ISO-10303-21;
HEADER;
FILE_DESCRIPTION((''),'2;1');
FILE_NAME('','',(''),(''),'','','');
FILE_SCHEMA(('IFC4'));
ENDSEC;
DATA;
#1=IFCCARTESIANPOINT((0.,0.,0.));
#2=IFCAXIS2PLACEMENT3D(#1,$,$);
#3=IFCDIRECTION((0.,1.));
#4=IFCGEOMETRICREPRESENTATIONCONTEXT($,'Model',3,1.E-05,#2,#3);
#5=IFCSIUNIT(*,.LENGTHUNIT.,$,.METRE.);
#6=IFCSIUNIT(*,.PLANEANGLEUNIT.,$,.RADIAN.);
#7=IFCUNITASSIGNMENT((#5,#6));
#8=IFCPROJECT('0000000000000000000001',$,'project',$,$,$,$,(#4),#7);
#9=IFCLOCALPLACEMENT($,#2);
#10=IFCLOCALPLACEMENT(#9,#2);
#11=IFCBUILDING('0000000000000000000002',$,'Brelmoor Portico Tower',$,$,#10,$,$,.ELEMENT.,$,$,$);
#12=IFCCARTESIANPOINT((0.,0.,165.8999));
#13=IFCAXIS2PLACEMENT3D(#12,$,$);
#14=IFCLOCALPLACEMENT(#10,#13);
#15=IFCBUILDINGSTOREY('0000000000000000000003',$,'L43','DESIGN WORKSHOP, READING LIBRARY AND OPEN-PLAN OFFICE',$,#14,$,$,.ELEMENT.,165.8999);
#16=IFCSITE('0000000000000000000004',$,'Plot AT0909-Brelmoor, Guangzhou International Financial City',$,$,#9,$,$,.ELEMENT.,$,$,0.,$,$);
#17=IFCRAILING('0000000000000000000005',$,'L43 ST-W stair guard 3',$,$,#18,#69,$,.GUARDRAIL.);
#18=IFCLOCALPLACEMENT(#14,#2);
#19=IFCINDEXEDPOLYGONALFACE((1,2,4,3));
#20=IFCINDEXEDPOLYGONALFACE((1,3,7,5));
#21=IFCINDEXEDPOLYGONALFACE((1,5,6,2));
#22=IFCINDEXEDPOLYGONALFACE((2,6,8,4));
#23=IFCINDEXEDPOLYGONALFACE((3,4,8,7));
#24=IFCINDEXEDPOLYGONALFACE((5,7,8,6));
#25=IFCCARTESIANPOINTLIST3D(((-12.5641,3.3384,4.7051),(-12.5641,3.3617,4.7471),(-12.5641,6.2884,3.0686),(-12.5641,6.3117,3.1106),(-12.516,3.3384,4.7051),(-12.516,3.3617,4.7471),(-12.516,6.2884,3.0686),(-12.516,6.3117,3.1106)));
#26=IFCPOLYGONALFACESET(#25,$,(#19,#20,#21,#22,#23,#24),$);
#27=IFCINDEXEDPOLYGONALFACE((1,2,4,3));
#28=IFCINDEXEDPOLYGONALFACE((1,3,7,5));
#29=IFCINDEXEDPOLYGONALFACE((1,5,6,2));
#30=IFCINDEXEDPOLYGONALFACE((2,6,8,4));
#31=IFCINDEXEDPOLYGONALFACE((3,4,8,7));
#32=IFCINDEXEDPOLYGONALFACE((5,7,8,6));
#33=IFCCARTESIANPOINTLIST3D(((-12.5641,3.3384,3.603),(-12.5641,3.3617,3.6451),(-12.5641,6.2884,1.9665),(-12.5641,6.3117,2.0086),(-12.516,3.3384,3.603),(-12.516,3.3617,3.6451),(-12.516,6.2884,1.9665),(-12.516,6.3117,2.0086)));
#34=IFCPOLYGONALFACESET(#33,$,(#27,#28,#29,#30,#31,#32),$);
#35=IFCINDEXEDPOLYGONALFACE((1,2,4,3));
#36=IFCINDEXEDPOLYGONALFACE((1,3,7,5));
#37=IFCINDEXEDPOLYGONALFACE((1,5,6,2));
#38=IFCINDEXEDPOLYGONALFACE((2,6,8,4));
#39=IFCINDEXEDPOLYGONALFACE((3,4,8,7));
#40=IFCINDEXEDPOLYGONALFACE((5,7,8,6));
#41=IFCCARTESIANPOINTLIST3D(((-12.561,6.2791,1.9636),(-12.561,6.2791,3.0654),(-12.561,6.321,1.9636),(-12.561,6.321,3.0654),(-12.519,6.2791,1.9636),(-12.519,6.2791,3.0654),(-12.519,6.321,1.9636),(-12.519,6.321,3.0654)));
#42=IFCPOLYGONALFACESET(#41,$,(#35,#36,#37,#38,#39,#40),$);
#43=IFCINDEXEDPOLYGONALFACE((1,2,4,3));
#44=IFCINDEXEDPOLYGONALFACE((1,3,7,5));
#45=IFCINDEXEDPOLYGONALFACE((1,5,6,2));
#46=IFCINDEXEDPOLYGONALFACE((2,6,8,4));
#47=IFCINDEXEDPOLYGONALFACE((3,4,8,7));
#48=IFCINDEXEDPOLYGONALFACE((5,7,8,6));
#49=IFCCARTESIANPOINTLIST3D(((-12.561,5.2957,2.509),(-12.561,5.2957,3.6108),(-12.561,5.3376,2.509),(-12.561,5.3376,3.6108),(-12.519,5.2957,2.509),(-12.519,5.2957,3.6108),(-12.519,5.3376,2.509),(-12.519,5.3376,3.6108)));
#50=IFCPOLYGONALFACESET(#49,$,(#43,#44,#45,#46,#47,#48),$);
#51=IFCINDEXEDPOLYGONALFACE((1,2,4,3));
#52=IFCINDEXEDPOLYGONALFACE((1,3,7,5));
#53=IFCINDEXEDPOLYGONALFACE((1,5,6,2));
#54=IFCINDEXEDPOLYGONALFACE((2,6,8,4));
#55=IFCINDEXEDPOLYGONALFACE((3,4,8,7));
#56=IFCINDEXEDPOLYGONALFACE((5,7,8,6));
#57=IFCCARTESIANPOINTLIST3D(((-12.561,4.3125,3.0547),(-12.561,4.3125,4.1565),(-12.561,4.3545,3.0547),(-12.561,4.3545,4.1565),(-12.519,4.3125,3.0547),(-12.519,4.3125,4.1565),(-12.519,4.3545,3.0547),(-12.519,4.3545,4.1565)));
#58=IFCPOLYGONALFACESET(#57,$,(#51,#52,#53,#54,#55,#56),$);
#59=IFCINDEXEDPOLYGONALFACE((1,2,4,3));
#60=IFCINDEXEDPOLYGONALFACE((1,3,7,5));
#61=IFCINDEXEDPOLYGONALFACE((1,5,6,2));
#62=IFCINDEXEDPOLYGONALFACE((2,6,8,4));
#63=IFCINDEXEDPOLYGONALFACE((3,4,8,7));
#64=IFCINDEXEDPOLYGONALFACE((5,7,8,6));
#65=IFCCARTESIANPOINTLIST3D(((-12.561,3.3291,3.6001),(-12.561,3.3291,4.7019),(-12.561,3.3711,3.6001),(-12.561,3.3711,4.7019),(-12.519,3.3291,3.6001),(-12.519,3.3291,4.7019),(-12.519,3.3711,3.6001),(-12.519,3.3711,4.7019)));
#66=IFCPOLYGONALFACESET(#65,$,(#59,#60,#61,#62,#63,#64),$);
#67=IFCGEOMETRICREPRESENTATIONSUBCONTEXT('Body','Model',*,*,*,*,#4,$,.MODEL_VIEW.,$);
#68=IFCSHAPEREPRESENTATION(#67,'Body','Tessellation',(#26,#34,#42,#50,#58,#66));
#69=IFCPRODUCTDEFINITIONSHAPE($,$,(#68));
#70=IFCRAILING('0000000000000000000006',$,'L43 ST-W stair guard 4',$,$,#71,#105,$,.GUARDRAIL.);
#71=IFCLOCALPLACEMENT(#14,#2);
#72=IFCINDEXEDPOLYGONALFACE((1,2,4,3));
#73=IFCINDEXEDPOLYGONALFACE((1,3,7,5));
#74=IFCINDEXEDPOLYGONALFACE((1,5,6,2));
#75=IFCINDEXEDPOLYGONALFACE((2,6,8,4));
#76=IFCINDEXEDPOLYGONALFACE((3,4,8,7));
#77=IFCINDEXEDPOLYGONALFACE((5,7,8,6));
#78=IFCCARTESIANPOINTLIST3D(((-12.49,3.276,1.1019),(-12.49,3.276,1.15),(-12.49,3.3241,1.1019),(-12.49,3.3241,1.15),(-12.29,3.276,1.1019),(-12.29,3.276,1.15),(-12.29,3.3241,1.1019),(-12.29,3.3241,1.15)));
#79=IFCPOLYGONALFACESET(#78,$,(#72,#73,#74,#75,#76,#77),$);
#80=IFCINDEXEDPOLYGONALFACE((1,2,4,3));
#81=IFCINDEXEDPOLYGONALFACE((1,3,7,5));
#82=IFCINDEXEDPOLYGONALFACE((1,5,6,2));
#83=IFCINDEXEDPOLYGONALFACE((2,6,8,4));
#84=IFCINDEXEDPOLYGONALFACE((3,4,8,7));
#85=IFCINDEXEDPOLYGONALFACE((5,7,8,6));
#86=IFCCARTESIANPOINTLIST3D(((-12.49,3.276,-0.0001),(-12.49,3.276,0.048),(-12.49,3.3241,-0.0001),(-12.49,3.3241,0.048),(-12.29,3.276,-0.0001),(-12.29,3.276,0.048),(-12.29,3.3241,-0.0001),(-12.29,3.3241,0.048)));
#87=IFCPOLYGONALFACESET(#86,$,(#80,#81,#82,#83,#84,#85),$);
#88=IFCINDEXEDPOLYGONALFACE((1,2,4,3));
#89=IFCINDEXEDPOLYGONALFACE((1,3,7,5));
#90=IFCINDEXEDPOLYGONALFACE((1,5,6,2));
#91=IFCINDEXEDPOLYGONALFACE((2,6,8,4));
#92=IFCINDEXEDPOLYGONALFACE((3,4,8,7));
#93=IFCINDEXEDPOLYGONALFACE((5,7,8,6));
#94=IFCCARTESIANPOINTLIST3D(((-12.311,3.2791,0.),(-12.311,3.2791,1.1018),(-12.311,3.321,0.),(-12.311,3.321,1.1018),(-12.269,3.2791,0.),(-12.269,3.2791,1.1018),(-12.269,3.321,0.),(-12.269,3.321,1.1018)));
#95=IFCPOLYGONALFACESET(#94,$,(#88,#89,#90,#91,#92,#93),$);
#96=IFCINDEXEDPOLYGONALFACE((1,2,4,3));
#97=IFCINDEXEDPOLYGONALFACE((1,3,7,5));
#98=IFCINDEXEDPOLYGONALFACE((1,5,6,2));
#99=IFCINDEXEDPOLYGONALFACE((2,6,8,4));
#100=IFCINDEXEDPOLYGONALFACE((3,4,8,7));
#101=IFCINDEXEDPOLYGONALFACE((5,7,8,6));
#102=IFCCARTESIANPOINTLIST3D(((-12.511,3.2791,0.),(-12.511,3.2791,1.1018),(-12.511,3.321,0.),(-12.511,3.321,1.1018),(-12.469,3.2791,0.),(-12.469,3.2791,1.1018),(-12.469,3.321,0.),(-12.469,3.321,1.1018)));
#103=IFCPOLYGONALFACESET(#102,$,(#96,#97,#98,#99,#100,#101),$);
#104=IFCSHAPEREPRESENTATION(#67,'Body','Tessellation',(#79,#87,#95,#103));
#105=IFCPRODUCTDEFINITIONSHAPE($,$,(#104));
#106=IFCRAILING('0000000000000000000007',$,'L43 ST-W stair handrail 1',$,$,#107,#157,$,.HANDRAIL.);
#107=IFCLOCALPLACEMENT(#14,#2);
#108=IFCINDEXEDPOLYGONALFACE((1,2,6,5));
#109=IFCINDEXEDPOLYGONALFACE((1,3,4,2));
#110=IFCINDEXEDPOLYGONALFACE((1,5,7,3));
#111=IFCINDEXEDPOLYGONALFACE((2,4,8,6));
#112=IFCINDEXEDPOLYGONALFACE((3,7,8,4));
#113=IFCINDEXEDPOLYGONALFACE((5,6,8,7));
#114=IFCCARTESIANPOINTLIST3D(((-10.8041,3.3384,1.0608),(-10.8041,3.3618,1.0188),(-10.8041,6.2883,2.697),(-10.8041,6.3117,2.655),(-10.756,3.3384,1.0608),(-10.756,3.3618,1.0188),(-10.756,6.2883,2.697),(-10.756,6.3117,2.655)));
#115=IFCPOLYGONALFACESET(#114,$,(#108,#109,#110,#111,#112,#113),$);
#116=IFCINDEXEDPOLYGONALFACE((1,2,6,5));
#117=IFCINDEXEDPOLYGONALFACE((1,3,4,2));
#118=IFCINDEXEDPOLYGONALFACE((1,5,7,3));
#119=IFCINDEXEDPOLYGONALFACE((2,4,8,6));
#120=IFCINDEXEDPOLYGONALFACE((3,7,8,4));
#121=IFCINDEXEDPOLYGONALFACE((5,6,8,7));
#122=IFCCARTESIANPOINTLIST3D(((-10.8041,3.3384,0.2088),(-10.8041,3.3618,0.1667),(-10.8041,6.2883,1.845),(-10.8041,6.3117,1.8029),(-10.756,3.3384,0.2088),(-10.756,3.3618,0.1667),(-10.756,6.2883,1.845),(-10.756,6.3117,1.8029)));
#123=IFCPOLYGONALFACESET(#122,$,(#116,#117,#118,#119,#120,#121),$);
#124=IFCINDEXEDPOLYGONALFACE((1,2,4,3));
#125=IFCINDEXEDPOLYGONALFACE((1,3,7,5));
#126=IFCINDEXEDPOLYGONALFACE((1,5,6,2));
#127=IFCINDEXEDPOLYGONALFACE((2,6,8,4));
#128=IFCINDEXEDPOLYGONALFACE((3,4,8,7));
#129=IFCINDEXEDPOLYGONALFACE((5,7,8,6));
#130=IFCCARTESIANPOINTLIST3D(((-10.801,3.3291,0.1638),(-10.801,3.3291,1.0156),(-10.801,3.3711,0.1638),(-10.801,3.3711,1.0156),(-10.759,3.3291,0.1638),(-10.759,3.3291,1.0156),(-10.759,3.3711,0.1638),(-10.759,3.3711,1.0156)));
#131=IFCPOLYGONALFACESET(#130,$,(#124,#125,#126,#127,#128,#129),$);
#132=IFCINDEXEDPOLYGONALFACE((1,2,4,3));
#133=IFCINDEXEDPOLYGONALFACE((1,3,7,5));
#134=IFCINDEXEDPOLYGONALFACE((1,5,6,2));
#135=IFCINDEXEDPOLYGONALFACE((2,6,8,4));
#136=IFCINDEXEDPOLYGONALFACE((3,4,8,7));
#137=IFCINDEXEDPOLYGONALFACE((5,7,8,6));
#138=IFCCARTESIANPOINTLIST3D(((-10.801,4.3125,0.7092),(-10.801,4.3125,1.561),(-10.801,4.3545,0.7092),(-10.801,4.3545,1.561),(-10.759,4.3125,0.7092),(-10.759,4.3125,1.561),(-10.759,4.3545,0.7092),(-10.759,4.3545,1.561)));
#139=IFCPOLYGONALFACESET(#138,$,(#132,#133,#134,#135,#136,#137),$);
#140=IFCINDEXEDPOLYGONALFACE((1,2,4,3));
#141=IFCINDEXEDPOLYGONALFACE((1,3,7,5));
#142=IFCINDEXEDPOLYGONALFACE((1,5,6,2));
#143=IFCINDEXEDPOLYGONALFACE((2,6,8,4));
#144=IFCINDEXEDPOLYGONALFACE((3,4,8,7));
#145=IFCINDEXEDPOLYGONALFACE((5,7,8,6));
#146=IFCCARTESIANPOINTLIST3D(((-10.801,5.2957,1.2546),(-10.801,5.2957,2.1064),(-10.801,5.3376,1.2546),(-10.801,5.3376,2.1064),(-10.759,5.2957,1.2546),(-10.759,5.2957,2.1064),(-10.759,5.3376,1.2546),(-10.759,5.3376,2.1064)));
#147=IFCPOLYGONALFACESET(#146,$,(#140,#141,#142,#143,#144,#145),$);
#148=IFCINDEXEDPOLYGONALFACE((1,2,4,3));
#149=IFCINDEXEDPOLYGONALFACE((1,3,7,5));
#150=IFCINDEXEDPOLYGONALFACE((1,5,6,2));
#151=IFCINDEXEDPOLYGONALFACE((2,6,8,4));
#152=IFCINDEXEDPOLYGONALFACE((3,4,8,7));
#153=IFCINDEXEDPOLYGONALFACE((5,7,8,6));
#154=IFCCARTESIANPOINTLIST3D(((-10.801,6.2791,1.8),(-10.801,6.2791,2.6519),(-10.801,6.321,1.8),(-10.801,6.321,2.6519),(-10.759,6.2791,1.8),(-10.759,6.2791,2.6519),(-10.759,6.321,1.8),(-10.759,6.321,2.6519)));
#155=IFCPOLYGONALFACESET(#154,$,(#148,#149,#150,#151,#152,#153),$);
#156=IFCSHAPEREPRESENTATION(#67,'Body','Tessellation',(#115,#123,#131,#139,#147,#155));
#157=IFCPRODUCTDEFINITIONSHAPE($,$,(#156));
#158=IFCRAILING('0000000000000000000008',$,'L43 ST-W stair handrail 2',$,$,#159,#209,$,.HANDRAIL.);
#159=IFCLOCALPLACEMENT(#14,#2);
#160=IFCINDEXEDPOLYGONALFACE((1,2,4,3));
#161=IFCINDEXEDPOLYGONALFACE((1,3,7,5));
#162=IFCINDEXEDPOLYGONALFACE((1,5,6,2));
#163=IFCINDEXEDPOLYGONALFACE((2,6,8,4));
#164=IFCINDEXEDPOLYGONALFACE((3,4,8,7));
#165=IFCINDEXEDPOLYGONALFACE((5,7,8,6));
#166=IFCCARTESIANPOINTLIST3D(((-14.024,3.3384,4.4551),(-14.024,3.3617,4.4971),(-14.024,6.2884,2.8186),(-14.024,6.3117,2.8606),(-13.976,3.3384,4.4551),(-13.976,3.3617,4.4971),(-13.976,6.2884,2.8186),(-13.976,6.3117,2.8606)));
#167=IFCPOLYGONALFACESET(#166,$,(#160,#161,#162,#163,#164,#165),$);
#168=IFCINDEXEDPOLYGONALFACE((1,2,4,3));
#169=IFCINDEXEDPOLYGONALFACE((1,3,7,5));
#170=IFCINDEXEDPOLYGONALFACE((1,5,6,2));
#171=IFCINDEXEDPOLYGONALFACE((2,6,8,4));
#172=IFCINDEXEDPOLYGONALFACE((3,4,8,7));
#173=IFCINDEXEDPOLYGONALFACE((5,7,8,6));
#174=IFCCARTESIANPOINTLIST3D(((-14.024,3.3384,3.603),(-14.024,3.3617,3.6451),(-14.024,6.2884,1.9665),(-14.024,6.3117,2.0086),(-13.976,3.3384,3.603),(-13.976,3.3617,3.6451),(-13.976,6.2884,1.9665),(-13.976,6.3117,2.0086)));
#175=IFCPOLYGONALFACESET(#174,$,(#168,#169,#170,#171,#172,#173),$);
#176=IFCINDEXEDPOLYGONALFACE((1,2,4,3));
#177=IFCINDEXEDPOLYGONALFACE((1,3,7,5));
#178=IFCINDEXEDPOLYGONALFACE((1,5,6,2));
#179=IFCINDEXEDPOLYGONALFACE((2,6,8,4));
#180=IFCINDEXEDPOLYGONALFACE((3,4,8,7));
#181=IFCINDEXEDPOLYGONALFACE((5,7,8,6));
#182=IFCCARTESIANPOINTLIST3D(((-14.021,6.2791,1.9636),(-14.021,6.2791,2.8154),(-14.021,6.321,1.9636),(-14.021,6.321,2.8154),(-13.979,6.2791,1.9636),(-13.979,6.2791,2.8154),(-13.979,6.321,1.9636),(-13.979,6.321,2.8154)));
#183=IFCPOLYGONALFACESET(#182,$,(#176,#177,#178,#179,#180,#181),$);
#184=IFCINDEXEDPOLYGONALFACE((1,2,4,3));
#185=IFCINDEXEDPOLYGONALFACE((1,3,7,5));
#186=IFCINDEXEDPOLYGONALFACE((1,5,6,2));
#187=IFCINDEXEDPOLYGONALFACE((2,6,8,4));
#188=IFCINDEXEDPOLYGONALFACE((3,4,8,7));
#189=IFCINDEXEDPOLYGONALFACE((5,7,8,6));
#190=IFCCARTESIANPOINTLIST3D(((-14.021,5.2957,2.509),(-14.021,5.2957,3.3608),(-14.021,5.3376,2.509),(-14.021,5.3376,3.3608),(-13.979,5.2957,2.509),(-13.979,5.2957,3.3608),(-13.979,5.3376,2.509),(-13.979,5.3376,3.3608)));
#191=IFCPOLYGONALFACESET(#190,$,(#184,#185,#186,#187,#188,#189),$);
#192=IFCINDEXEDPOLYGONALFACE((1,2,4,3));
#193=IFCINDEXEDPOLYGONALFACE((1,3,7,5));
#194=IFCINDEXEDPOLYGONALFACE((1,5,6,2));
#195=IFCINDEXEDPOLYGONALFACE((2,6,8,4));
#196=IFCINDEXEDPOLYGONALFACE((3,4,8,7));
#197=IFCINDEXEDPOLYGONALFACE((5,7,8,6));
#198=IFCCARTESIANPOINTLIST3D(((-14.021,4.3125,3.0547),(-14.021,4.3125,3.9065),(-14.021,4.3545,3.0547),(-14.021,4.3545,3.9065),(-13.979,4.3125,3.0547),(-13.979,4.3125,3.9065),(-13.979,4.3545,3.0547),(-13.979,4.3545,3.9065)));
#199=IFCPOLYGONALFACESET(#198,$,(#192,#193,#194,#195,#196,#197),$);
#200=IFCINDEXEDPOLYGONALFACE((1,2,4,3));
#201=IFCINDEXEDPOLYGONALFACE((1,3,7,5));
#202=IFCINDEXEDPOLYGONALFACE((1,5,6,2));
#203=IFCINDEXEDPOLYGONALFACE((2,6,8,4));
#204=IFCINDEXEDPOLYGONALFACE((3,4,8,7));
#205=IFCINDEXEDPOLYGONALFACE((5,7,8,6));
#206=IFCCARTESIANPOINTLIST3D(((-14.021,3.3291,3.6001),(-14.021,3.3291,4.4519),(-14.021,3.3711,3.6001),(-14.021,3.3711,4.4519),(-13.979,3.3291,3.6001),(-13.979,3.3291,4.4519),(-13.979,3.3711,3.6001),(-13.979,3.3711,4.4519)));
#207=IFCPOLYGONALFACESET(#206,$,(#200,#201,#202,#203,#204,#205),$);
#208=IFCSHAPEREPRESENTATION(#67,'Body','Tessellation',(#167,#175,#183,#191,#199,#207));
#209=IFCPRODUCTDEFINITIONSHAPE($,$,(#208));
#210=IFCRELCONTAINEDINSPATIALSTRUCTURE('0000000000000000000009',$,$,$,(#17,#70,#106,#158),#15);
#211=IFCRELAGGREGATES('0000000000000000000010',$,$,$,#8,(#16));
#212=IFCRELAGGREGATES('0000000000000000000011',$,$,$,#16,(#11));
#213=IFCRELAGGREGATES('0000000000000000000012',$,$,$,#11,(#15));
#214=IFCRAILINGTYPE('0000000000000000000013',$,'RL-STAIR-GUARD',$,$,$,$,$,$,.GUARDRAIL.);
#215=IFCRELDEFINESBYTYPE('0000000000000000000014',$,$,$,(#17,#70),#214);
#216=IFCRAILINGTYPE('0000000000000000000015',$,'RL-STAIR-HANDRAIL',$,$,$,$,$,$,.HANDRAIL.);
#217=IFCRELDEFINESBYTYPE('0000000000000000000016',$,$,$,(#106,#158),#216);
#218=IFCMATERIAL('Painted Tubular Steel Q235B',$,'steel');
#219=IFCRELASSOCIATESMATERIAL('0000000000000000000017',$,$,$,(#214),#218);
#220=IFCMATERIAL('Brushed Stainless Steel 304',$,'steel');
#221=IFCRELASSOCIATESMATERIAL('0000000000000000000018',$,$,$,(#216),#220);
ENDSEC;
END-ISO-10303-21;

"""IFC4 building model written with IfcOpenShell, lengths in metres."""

from ifc_helpers import new_model, si_unit, direction, frame, origin, origin_2d, place, context, subcontext, project, spatial, rectangle, extrude, material, type_object, element, save


model = new_model("IFC4")

# Units and contexts
model_context = context("Model", 3, precision=1e-05, world=origin(), true_north=direction((0.0, 1.0)))
body_context = subcontext(model_context, "Body", "Model", "MODEL_VIEW")
ifc_project = project(units=[si_unit("LENGTHUNIT", "METRE"), si_unit("PLANEANGLEUNIT", "RADIAN")], contexts=[model_context])

# Site, building, storey
site_placement = place(None, origin())
site = spatial("IfcSite", under=ifc_project, at=site_placement, Name="Plot AT0909-Brelmoor, Guangzhou International Financial City", CompositionType="ELEMENT", RefElevation=0.0)
building_placement = place(site_placement, origin())
building = spatial("IfcBuilding", under=site, at=building_placement, Name="Brelmoor Portico Tower", CompositionType="ELEMENT")
storey_placement = place(building_placement, frame((0.0, 0.0, 165.8999)))
storey = spatial("IfcBuildingStorey", under=building, at=storey_placement, Name="L43", Description="DESIGN WORKSHOP, READING LIBRARY AND OPEN-PLAN OFFICE", CompositionType="ELEMENT", Elevation=165.8999)

# Railings
ifc_material_1 = material(Name="Painted Tubular Steel Q235B", Category="steel")
railing_type_1 = type_object("IfcRailingType", Name="RL-STAIR-GUARD", PredefinedType="GUARDRAIL", material=ifc_material_1)
railing_1_placement = place(storey_placement, frame((-12.54, 6.3, 1.9636)))
element("IfcRailing", 1, at=railing_1_placement, inside=storey, type_object=railing_type_1, Name="L43 ST-W stair guard 3", PredefinedType="GUARDRAIL", context=body_context, shape_type="SweptSolid", body=[
    extrude(rectangle(XDim=0.0481, YDim=0.0481, at=origin_2d()), frame((0.0, 0.0, 1.126), z_axis=(0.0, -0.874458, 0.485102), x_axis=(1.0, 0.0, 0.0)), (0.0, 0.0, 1.0), 3.3735),
    extrude(rectangle(XDim=0.0481, YDim=0.0481, at=origin_2d()), frame((0.0, 0.0, 0.0239), z_axis=(0.0, -0.874458, 0.485102), x_axis=(1.0, 0.0, 0.0)), (0.0, 0.0, 1.0), 3.3735),
    extrude(rectangle(XDim=0.042, YDim=0.042, at=origin_2d()), origin(), (0.0, 0.0, 1.0), 1.1018),
    extrude(rectangle(XDim=0.042, YDim=0.042, at=origin_2d()), frame((0.0, -0.9834, 0.5454)), (0.0, 0.0, 1.0), 1.1018),
    extrude(rectangle(XDim=0.042, YDim=0.042, at=origin_2d()), frame((0.0, -1.9666, 1.0911)), (0.0, 0.0, 1.0), 1.1018),
    extrude(rectangle(XDim=0.042, YDim=0.042, at=origin_2d()), frame((0.0, -2.95, 1.6365)), (0.0, 0.0, 1.0), 1.1018),
])
railing_2_placement = place(storey_placement, frame((-12.29, 3.3, 0.0)))
element("IfcRailing", 2, at=railing_2_placement, inside=storey, type_object=railing_type_1, Name="L43 ST-W stair guard 4", PredefinedType="GUARDRAIL", context=body_context, shape_type="SweptSolid", body=[
    extrude(rectangle(XDim=0.0481, YDim=0.0481, at=origin_2d()), frame((0.0, 0.0, 1.126), z_axis=(-1.0, 0.0, 0.0), x_axis=(0.0, -1.0, 0.0)), (0.0, 0.0, 1.0), 0.2),
    extrude(rectangle(XDim=0.0481, YDim=0.0481, at=origin_2d()), frame((0.0, 0.0, 0.0239), z_axis=(-1.0, 0.0, 0.0), x_axis=(0.0, -1.0, 0.0)), (0.0, 0.0, 1.0), 0.2),
    extrude(rectangle(XDim=0.042, YDim=0.042, at=origin_2d()), origin(), (0.0, 0.0, 1.0), 1.1018),
    extrude(rectangle(XDim=0.042, YDim=0.042, at=origin_2d()), frame((-0.2, 0.0, 0.0)), (0.0, 0.0, 1.0), 1.1018),
])
ifc_material_2 = material(Name="Brushed Stainless Steel 304", Category="steel")
railing_type_2 = type_object("IfcRailingType", Name="RL-STAIR-HANDRAIL", PredefinedType="HANDRAIL", material=ifc_material_2)
railing_3_placement = place(storey_placement, frame((-10.78, 3.3501, 0.1638)))
element("IfcRailing", 3, at=railing_3_placement, inside=storey, type_object=railing_type_2, Name="L43 ST-W stair handrail 1", PredefinedType="HANDRAIL", context=body_context, shape_type="SweptSolid", body=[
    extrude(rectangle(XDim=0.0481, YDim=0.0481, at=origin_2d()), frame((0.0, 0.0, 0.876), z_axis=(0.0, 0.874488, 0.485047), x_axis=(-1.0, 0.0, 0.0)), (0.0, 0.0, 1.0), 3.3733),
    extrude(rectangle(XDim=0.0481, YDim=0.0481, at=origin_2d()), frame((0.0, 0.0, 0.0239), z_axis=(0.0, 0.874488, 0.485047), x_axis=(-1.0, 0.0, 0.0)), (0.0, 0.0, 1.0), 3.3733),
    extrude(rectangle(XDim=0.042, YDim=0.042, at=origin_2d()), origin(), (0.0, 0.0, 1.0), 0.8518),
    extrude(rectangle(XDim=0.042, YDim=0.042, at=origin_2d()), frame((0.0, 0.9834, 0.5454)), (0.0, 0.0, 1.0), 0.8518),
    extrude(rectangle(XDim=0.042, YDim=0.042, at=origin_2d()), frame((0.0, 1.9666, 1.0908)), (0.0, 0.0, 1.0), 0.8518),
    extrude(rectangle(XDim=0.042, YDim=0.042, at=origin_2d()), frame((0.0, 2.95, 1.6362)), (0.0, 0.0, 1.0), 0.8518),
])
railing_4_placement = place(storey_placement, frame((-14.0, 6.3, 1.9636)))
element("IfcRailing", 4, at=railing_4_placement, inside=storey, type_object=railing_type_2, Name="L43 ST-W stair handrail 2", PredefinedType="HANDRAIL", context=body_context, shape_type="SweptSolid", body=[
    extrude(rectangle(XDim=0.0481, YDim=0.0481, at=origin_2d()), frame((0.0, 0.0, 0.876), z_axis=(0.0, -0.874458, 0.485102), x_axis=(1.0, 0.0, 0.0)), (0.0, 0.0, 1.0), 3.3735),
    extrude(rectangle(XDim=0.0481, YDim=0.0481, at=origin_2d()), frame((0.0, 0.0, 0.0239), z_axis=(0.0, -0.874458, 0.485102), x_axis=(1.0, 0.0, 0.0)), (0.0, 0.0, 1.0), 3.3735),
    extrude(rectangle(XDim=0.042, YDim=0.042, at=origin_2d()), origin(), (0.0, 0.0, 1.0), 0.8518),
    extrude(rectangle(XDim=0.042, YDim=0.042, at=origin_2d()), frame((0.0, -0.9834, 0.5454)), (0.0, 0.0, 1.0), 0.8518),
    extrude(rectangle(XDim=0.042, YDim=0.042, at=origin_2d()), frame((0.0, -1.9666, 1.0911)), (0.0, 0.0, 1.0), 0.8518),
    extrude(rectangle(XDim=0.042, YDim=0.042, at=origin_2d()), frame((0.0, -2.95, 1.6365)), (0.0, 0.0, 1.0), 0.8518),
])

save(model, "model.ifc")
